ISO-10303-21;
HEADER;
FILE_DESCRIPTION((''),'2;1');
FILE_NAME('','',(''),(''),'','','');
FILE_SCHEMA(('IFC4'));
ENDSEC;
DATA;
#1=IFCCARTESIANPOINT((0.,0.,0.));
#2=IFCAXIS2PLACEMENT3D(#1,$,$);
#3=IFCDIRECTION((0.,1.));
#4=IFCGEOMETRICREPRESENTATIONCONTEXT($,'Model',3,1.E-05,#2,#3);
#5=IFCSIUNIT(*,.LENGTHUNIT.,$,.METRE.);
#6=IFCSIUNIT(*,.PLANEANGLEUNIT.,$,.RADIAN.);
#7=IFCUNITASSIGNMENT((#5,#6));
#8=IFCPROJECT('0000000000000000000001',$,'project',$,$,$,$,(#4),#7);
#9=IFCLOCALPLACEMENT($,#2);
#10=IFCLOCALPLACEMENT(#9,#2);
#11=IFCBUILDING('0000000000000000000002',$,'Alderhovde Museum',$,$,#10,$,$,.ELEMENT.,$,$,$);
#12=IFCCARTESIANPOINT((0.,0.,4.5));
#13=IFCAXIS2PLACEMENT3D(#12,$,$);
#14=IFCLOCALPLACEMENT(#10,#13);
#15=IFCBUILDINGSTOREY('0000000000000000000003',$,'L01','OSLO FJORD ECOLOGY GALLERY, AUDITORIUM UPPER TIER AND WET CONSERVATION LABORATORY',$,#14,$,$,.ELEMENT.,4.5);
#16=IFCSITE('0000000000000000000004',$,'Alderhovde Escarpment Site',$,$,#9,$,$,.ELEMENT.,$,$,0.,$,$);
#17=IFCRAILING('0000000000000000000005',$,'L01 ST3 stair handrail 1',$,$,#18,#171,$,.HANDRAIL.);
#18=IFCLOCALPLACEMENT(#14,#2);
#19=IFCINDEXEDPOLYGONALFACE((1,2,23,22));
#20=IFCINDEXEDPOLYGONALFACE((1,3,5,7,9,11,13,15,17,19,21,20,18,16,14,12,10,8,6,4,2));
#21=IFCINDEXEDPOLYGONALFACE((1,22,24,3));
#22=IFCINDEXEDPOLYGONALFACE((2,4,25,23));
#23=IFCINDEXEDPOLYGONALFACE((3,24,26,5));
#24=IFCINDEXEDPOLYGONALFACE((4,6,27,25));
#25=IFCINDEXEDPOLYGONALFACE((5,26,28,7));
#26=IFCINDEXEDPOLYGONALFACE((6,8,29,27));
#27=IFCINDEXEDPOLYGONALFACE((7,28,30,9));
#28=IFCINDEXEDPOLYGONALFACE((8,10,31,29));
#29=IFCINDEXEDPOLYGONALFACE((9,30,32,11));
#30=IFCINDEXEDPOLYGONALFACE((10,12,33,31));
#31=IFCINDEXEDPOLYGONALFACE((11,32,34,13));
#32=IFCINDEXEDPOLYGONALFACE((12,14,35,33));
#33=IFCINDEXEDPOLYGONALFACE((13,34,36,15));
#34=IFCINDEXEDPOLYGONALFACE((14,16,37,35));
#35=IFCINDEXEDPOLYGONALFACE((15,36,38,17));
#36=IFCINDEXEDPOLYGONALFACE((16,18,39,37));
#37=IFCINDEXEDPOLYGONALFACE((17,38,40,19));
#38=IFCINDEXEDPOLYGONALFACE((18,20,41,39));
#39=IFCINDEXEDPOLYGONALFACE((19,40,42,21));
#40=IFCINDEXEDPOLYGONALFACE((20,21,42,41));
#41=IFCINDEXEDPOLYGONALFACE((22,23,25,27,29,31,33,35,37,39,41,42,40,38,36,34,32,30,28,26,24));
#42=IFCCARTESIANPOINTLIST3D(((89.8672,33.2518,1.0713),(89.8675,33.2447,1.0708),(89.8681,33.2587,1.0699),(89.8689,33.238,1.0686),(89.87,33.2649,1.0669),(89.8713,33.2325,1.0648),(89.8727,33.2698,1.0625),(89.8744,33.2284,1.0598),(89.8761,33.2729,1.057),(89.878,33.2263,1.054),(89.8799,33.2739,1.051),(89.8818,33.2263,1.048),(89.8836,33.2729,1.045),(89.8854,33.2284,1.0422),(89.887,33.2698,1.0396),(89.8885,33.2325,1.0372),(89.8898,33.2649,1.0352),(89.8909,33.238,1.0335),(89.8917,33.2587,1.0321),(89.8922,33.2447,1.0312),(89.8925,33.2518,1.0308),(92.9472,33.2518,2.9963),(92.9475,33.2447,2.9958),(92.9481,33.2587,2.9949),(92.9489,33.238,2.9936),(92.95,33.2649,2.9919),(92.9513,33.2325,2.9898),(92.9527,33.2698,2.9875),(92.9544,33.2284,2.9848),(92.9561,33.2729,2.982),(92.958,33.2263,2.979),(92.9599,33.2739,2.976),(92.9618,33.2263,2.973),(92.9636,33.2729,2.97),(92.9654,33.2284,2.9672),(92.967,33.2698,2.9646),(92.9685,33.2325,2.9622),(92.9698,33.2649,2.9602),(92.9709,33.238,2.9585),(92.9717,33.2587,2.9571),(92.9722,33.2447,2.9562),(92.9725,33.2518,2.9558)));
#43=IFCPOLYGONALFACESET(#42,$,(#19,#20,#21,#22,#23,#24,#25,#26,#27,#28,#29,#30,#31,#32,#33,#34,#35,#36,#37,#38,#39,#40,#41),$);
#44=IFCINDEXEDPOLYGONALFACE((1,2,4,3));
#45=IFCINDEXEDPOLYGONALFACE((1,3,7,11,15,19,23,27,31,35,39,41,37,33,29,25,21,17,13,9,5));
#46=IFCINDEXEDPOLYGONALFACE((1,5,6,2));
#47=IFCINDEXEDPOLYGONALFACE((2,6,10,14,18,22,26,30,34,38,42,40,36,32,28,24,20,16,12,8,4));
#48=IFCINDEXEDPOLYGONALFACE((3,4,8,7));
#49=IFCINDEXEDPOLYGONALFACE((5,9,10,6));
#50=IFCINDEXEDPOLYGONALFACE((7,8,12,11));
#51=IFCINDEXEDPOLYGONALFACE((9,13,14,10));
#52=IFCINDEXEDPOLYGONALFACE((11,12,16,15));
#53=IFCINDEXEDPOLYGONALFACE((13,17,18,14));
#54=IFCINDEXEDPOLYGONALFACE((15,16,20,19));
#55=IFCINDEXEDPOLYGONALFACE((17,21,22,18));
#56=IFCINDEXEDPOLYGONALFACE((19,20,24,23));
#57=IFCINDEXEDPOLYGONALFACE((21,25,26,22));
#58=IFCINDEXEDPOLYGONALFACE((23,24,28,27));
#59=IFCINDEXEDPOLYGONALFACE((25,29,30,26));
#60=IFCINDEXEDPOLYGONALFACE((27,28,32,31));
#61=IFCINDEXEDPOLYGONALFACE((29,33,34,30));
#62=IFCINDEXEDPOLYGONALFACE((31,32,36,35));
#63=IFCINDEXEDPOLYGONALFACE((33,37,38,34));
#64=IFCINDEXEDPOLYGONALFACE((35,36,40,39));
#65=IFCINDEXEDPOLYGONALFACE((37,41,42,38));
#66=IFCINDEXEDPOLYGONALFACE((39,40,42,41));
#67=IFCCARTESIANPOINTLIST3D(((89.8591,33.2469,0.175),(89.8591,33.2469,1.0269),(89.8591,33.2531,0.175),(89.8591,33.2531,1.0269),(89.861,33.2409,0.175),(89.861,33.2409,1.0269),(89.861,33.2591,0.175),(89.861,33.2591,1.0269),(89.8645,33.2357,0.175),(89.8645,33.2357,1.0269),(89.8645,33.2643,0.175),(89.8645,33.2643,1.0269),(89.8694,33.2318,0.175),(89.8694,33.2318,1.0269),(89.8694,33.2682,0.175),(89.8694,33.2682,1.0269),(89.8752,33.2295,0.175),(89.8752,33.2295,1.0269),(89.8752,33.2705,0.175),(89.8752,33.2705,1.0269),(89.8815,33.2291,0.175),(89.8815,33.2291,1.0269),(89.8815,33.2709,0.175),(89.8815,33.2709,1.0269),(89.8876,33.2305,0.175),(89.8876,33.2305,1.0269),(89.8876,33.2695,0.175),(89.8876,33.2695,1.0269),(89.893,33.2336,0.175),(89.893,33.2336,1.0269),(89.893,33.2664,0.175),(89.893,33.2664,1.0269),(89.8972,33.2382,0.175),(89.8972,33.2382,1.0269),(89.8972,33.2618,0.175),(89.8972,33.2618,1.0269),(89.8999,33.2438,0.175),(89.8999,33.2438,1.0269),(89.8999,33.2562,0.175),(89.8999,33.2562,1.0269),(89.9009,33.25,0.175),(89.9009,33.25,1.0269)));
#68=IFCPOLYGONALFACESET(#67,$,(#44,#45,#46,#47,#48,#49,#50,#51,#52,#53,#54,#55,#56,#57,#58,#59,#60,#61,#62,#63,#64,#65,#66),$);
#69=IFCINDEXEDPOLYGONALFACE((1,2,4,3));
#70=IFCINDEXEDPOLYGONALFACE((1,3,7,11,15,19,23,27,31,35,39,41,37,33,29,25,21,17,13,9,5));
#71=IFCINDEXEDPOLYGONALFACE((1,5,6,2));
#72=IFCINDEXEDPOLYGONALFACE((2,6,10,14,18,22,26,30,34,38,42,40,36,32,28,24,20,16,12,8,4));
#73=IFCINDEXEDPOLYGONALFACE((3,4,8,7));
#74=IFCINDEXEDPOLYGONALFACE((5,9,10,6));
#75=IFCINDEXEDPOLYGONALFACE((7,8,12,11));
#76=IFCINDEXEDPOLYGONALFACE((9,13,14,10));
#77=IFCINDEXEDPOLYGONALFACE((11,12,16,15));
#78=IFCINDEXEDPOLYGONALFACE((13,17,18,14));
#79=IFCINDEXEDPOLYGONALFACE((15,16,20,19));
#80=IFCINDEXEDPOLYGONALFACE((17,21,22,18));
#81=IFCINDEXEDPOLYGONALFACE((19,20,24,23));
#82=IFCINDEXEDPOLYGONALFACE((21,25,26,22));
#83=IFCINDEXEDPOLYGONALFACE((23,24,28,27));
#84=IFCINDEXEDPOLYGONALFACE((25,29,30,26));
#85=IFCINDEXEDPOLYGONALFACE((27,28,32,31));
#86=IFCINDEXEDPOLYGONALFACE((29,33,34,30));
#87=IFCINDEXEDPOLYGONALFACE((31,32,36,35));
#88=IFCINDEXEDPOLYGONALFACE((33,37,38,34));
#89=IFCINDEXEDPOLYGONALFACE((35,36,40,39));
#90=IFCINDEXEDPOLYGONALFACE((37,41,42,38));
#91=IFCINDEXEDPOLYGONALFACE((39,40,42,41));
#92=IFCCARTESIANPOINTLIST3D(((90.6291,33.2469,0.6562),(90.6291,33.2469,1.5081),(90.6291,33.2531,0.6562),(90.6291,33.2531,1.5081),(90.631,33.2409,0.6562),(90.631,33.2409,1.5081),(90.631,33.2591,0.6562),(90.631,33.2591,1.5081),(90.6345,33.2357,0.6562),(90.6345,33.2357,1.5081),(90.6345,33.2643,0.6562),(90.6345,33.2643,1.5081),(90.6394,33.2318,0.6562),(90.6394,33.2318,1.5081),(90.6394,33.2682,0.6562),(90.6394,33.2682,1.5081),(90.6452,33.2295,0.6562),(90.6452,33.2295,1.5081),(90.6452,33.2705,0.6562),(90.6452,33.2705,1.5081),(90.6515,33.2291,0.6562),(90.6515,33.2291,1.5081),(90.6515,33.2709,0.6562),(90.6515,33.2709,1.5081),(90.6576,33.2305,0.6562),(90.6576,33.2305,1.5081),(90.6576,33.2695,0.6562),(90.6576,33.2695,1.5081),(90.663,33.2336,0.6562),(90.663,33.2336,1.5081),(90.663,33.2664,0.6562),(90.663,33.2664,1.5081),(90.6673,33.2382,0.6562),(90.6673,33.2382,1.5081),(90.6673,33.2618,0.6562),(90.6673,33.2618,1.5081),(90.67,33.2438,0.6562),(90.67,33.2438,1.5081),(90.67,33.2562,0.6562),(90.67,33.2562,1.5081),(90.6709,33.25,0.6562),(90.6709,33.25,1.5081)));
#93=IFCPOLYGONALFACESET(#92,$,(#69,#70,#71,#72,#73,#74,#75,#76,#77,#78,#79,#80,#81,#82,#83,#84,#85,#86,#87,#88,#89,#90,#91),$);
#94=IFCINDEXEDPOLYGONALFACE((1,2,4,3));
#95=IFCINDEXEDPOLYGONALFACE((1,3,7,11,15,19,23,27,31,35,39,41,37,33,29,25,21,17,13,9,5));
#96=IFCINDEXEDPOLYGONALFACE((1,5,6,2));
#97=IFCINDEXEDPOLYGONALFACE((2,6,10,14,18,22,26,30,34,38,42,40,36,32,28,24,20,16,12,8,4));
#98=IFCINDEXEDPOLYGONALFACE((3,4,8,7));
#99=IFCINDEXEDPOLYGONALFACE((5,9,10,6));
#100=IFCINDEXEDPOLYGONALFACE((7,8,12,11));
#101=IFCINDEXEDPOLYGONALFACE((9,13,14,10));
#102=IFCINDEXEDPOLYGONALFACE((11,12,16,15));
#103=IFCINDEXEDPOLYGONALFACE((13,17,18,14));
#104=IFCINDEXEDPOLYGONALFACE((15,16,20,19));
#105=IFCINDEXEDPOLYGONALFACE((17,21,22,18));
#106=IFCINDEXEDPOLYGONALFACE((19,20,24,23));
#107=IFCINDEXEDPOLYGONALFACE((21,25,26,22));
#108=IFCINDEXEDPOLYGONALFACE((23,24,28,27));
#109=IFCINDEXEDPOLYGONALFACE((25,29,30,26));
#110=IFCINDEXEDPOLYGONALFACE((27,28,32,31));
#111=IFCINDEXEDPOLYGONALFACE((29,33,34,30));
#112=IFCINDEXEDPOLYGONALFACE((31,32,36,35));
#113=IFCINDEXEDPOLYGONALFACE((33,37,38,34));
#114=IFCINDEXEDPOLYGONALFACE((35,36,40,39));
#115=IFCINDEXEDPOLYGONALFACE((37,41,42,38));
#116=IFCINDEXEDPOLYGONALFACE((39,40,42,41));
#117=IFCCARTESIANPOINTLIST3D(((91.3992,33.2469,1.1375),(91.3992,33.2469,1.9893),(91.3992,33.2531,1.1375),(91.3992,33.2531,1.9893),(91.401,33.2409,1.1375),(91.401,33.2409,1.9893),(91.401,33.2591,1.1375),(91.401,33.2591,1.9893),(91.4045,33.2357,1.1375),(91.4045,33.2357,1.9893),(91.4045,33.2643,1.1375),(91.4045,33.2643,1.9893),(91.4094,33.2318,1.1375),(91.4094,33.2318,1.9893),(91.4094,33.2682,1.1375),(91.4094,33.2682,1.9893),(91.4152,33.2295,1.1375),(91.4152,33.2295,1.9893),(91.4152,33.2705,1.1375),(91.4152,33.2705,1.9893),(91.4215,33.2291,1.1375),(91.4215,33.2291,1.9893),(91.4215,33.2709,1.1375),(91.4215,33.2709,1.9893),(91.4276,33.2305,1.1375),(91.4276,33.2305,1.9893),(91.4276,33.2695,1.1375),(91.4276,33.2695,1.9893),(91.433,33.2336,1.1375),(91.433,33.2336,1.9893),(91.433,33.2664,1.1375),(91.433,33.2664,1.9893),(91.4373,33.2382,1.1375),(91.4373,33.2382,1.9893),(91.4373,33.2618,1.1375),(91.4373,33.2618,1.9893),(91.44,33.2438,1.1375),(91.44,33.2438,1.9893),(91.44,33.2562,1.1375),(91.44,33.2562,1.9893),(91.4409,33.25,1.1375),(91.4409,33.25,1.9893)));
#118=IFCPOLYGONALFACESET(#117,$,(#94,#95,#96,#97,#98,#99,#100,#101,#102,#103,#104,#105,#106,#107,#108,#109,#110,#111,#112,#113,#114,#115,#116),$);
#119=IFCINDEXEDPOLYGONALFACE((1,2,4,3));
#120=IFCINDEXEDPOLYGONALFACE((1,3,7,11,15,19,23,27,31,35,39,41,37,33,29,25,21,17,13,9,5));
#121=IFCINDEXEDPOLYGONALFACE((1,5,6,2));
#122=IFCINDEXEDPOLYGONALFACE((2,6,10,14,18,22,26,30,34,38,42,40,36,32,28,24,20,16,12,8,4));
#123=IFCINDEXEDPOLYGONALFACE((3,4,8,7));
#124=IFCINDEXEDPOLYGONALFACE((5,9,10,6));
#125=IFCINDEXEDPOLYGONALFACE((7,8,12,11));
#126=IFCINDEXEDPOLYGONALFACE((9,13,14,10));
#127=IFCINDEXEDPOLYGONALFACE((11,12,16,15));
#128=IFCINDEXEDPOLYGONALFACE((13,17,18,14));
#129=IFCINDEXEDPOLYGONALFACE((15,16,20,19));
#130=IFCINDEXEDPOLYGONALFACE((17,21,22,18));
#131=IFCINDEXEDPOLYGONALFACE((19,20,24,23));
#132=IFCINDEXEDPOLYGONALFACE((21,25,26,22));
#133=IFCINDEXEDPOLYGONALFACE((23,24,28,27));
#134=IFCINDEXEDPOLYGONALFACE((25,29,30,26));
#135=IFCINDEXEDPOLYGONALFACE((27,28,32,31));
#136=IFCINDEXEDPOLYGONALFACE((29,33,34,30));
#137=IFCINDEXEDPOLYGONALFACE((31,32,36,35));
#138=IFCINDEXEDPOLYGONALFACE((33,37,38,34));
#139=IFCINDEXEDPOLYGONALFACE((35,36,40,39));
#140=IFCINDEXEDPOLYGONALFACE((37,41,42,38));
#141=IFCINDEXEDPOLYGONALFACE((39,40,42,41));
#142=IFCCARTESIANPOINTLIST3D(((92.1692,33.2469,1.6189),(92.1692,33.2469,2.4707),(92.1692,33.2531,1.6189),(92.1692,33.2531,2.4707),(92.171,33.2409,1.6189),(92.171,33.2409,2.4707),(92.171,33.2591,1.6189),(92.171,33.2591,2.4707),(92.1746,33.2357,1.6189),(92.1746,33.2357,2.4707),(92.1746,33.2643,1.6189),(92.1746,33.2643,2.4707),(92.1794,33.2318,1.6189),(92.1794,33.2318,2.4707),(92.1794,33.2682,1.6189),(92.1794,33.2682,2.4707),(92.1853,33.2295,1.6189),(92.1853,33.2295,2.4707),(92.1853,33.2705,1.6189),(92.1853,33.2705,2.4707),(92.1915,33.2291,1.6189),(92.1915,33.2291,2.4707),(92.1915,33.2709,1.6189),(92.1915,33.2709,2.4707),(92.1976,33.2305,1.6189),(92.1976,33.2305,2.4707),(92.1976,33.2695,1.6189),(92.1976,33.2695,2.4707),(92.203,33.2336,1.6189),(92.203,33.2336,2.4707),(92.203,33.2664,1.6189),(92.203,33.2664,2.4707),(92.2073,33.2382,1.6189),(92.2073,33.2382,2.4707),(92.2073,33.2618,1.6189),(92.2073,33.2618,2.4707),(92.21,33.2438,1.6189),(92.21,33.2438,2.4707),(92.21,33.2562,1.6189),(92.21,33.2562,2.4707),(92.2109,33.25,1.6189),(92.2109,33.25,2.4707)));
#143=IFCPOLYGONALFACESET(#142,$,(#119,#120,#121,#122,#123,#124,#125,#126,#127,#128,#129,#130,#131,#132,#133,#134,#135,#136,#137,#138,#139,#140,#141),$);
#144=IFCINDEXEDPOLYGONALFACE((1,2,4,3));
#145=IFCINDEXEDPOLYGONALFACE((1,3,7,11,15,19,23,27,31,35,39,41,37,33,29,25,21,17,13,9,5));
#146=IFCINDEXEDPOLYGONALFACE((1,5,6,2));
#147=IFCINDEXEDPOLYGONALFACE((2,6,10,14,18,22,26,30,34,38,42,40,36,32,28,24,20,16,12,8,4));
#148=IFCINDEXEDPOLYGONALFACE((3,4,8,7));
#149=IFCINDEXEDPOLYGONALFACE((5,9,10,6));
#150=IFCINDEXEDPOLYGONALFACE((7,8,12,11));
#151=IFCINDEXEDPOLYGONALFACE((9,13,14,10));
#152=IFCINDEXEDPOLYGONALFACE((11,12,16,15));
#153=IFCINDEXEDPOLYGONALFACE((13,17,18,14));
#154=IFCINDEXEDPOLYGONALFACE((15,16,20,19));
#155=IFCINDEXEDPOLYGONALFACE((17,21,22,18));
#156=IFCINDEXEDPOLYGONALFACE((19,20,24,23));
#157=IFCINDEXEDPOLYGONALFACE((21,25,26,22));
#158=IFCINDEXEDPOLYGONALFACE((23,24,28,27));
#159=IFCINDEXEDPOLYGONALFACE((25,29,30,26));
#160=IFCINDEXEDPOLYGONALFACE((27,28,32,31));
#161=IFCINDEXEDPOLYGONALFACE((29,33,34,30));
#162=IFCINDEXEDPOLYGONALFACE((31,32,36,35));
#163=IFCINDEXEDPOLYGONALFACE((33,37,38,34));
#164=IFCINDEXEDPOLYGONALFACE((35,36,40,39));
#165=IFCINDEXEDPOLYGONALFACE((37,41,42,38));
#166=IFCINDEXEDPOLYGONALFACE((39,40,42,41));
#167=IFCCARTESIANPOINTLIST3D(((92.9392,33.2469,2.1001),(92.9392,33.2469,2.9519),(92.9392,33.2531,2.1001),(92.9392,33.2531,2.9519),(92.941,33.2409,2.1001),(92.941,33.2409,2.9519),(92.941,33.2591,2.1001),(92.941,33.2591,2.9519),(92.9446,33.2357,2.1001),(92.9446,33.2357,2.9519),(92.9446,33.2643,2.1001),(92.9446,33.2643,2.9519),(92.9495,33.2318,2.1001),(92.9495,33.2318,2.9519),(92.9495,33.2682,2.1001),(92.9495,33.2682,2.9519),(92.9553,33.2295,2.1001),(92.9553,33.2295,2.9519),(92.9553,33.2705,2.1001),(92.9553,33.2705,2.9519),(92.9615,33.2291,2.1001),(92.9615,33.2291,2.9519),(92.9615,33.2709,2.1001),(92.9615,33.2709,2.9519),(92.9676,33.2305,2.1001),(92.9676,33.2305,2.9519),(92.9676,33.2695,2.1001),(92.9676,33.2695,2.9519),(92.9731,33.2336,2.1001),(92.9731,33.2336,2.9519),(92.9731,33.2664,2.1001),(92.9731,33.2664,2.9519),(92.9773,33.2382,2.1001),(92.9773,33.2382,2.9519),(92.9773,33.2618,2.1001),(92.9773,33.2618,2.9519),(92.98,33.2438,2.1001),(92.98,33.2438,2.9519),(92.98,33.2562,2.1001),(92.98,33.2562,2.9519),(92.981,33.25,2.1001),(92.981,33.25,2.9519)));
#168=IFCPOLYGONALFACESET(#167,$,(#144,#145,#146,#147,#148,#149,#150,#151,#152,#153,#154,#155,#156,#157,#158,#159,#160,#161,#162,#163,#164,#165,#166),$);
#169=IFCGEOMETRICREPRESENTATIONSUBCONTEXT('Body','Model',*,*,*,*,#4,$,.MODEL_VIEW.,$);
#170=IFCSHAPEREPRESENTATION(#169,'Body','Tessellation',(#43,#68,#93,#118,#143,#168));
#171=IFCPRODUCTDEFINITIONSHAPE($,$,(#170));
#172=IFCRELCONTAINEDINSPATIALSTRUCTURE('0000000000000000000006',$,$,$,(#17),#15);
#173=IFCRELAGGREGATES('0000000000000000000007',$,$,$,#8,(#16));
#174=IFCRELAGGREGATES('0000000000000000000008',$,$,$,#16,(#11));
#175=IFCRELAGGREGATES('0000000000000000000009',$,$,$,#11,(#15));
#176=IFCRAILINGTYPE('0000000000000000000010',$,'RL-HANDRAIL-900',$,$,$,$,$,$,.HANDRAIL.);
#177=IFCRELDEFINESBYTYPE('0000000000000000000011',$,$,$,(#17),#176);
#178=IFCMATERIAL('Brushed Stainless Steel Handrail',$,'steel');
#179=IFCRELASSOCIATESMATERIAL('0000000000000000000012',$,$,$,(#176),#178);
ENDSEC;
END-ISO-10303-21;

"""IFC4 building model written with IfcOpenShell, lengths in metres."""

from ifc_helpers import new_model, si_unit, direction, frame, origin, origin_2d, place, context, subcontext, project, spatial, circle, extrude, material, type_object, element, save


model = new_model("IFC4")

# Units and contexts
model_context = context("Model", 3, precision=1e-05, world=origin(), true_north=direction((0.0, 1.0)))
body_context = subcontext(model_context, "Body", "Model", "MODEL_VIEW")
ifc_project = project(units=[si_unit("LENGTHUNIT", "METRE"), si_unit("PLANEANGLEUNIT", "RADIAN")], contexts=[model_context])

# Site, building, storey
site_placement = place(None, origin())
site = spatial("IfcSite", under=ifc_project, at=site_placement, Name="Alderhovde Escarpment Site", CompositionType="ELEMENT", RefElevation=0.0)
building_placement = place(site_placement, origin())
building = spatial("IfcBuilding", under=site, at=building_placement, Name="Alderhovde Museum", CompositionType="ELEMENT")
storey_placement = place(building_placement, frame((0.0, 0.0, 4.5)))
storey = spatial("IfcBuildingStorey", under=building, at=storey_placement, Name="L01", Description="OSLO FJORD ECOLOGY GALLERY, AUDITORIUM UPPER TIER AND WET CONSERVATION LABORATORY", CompositionType="ELEMENT", Elevation=4.5)

# Railing
ifc_material_1 = material(Name="Brushed Stainless Steel Handrail", Category="steel")
railing_type_1 = type_object("IfcRailingType", Name="RL-HANDRAIL-900", PredefinedType="HANDRAIL", material=ifc_material_1)
railing_1_placement = place(storey_placement, frame((89.8799, 33.25, 0.175)))
element("IfcRailing", 1, at=railing_1_placement, inside=storey, type_object=railing_type_1, Name="L01 ST3 stair handrail 1", PredefinedType="HANDRAIL", context=body_context, shape_type="SweptSolid", body=[
    extrude(circle(Radius=0.0239, at=origin_2d()), frame((0.0, 0.0, 0.876), z_axis=(0.847998, 0.0, 0.529999), x_axis=(0.0, 1.0, 0.0)), (0.0, 0.0, 1.0), 3.6321),
    extrude(circle(Radius=0.021, at=origin_2d()), origin(), (0.0, 0.0, 1.0), 0.8518),
    extrude(circle(Radius=0.021, at=origin_2d()), frame((0.77, 0.0, 0.4812)), (0.0, 0.0, 1.0), 0.8518),
    extrude(circle(Radius=0.021, at=origin_2d()), frame((1.54, 0.0, 0.9624)), (0.0, 0.0, 1.0), 0.8518),
    extrude(circle(Radius=0.021, at=origin_2d()), frame((2.3101, 0.0, 1.4438)), (0.0, 0.0, 1.0), 0.8518),
    extrude(circle(Radius=0.021, at=origin_2d()), frame((3.0801, 0.0, 1.925)), (0.0, 0.0, 1.0), 0.8518),
])

save(model, "model.ifc")
